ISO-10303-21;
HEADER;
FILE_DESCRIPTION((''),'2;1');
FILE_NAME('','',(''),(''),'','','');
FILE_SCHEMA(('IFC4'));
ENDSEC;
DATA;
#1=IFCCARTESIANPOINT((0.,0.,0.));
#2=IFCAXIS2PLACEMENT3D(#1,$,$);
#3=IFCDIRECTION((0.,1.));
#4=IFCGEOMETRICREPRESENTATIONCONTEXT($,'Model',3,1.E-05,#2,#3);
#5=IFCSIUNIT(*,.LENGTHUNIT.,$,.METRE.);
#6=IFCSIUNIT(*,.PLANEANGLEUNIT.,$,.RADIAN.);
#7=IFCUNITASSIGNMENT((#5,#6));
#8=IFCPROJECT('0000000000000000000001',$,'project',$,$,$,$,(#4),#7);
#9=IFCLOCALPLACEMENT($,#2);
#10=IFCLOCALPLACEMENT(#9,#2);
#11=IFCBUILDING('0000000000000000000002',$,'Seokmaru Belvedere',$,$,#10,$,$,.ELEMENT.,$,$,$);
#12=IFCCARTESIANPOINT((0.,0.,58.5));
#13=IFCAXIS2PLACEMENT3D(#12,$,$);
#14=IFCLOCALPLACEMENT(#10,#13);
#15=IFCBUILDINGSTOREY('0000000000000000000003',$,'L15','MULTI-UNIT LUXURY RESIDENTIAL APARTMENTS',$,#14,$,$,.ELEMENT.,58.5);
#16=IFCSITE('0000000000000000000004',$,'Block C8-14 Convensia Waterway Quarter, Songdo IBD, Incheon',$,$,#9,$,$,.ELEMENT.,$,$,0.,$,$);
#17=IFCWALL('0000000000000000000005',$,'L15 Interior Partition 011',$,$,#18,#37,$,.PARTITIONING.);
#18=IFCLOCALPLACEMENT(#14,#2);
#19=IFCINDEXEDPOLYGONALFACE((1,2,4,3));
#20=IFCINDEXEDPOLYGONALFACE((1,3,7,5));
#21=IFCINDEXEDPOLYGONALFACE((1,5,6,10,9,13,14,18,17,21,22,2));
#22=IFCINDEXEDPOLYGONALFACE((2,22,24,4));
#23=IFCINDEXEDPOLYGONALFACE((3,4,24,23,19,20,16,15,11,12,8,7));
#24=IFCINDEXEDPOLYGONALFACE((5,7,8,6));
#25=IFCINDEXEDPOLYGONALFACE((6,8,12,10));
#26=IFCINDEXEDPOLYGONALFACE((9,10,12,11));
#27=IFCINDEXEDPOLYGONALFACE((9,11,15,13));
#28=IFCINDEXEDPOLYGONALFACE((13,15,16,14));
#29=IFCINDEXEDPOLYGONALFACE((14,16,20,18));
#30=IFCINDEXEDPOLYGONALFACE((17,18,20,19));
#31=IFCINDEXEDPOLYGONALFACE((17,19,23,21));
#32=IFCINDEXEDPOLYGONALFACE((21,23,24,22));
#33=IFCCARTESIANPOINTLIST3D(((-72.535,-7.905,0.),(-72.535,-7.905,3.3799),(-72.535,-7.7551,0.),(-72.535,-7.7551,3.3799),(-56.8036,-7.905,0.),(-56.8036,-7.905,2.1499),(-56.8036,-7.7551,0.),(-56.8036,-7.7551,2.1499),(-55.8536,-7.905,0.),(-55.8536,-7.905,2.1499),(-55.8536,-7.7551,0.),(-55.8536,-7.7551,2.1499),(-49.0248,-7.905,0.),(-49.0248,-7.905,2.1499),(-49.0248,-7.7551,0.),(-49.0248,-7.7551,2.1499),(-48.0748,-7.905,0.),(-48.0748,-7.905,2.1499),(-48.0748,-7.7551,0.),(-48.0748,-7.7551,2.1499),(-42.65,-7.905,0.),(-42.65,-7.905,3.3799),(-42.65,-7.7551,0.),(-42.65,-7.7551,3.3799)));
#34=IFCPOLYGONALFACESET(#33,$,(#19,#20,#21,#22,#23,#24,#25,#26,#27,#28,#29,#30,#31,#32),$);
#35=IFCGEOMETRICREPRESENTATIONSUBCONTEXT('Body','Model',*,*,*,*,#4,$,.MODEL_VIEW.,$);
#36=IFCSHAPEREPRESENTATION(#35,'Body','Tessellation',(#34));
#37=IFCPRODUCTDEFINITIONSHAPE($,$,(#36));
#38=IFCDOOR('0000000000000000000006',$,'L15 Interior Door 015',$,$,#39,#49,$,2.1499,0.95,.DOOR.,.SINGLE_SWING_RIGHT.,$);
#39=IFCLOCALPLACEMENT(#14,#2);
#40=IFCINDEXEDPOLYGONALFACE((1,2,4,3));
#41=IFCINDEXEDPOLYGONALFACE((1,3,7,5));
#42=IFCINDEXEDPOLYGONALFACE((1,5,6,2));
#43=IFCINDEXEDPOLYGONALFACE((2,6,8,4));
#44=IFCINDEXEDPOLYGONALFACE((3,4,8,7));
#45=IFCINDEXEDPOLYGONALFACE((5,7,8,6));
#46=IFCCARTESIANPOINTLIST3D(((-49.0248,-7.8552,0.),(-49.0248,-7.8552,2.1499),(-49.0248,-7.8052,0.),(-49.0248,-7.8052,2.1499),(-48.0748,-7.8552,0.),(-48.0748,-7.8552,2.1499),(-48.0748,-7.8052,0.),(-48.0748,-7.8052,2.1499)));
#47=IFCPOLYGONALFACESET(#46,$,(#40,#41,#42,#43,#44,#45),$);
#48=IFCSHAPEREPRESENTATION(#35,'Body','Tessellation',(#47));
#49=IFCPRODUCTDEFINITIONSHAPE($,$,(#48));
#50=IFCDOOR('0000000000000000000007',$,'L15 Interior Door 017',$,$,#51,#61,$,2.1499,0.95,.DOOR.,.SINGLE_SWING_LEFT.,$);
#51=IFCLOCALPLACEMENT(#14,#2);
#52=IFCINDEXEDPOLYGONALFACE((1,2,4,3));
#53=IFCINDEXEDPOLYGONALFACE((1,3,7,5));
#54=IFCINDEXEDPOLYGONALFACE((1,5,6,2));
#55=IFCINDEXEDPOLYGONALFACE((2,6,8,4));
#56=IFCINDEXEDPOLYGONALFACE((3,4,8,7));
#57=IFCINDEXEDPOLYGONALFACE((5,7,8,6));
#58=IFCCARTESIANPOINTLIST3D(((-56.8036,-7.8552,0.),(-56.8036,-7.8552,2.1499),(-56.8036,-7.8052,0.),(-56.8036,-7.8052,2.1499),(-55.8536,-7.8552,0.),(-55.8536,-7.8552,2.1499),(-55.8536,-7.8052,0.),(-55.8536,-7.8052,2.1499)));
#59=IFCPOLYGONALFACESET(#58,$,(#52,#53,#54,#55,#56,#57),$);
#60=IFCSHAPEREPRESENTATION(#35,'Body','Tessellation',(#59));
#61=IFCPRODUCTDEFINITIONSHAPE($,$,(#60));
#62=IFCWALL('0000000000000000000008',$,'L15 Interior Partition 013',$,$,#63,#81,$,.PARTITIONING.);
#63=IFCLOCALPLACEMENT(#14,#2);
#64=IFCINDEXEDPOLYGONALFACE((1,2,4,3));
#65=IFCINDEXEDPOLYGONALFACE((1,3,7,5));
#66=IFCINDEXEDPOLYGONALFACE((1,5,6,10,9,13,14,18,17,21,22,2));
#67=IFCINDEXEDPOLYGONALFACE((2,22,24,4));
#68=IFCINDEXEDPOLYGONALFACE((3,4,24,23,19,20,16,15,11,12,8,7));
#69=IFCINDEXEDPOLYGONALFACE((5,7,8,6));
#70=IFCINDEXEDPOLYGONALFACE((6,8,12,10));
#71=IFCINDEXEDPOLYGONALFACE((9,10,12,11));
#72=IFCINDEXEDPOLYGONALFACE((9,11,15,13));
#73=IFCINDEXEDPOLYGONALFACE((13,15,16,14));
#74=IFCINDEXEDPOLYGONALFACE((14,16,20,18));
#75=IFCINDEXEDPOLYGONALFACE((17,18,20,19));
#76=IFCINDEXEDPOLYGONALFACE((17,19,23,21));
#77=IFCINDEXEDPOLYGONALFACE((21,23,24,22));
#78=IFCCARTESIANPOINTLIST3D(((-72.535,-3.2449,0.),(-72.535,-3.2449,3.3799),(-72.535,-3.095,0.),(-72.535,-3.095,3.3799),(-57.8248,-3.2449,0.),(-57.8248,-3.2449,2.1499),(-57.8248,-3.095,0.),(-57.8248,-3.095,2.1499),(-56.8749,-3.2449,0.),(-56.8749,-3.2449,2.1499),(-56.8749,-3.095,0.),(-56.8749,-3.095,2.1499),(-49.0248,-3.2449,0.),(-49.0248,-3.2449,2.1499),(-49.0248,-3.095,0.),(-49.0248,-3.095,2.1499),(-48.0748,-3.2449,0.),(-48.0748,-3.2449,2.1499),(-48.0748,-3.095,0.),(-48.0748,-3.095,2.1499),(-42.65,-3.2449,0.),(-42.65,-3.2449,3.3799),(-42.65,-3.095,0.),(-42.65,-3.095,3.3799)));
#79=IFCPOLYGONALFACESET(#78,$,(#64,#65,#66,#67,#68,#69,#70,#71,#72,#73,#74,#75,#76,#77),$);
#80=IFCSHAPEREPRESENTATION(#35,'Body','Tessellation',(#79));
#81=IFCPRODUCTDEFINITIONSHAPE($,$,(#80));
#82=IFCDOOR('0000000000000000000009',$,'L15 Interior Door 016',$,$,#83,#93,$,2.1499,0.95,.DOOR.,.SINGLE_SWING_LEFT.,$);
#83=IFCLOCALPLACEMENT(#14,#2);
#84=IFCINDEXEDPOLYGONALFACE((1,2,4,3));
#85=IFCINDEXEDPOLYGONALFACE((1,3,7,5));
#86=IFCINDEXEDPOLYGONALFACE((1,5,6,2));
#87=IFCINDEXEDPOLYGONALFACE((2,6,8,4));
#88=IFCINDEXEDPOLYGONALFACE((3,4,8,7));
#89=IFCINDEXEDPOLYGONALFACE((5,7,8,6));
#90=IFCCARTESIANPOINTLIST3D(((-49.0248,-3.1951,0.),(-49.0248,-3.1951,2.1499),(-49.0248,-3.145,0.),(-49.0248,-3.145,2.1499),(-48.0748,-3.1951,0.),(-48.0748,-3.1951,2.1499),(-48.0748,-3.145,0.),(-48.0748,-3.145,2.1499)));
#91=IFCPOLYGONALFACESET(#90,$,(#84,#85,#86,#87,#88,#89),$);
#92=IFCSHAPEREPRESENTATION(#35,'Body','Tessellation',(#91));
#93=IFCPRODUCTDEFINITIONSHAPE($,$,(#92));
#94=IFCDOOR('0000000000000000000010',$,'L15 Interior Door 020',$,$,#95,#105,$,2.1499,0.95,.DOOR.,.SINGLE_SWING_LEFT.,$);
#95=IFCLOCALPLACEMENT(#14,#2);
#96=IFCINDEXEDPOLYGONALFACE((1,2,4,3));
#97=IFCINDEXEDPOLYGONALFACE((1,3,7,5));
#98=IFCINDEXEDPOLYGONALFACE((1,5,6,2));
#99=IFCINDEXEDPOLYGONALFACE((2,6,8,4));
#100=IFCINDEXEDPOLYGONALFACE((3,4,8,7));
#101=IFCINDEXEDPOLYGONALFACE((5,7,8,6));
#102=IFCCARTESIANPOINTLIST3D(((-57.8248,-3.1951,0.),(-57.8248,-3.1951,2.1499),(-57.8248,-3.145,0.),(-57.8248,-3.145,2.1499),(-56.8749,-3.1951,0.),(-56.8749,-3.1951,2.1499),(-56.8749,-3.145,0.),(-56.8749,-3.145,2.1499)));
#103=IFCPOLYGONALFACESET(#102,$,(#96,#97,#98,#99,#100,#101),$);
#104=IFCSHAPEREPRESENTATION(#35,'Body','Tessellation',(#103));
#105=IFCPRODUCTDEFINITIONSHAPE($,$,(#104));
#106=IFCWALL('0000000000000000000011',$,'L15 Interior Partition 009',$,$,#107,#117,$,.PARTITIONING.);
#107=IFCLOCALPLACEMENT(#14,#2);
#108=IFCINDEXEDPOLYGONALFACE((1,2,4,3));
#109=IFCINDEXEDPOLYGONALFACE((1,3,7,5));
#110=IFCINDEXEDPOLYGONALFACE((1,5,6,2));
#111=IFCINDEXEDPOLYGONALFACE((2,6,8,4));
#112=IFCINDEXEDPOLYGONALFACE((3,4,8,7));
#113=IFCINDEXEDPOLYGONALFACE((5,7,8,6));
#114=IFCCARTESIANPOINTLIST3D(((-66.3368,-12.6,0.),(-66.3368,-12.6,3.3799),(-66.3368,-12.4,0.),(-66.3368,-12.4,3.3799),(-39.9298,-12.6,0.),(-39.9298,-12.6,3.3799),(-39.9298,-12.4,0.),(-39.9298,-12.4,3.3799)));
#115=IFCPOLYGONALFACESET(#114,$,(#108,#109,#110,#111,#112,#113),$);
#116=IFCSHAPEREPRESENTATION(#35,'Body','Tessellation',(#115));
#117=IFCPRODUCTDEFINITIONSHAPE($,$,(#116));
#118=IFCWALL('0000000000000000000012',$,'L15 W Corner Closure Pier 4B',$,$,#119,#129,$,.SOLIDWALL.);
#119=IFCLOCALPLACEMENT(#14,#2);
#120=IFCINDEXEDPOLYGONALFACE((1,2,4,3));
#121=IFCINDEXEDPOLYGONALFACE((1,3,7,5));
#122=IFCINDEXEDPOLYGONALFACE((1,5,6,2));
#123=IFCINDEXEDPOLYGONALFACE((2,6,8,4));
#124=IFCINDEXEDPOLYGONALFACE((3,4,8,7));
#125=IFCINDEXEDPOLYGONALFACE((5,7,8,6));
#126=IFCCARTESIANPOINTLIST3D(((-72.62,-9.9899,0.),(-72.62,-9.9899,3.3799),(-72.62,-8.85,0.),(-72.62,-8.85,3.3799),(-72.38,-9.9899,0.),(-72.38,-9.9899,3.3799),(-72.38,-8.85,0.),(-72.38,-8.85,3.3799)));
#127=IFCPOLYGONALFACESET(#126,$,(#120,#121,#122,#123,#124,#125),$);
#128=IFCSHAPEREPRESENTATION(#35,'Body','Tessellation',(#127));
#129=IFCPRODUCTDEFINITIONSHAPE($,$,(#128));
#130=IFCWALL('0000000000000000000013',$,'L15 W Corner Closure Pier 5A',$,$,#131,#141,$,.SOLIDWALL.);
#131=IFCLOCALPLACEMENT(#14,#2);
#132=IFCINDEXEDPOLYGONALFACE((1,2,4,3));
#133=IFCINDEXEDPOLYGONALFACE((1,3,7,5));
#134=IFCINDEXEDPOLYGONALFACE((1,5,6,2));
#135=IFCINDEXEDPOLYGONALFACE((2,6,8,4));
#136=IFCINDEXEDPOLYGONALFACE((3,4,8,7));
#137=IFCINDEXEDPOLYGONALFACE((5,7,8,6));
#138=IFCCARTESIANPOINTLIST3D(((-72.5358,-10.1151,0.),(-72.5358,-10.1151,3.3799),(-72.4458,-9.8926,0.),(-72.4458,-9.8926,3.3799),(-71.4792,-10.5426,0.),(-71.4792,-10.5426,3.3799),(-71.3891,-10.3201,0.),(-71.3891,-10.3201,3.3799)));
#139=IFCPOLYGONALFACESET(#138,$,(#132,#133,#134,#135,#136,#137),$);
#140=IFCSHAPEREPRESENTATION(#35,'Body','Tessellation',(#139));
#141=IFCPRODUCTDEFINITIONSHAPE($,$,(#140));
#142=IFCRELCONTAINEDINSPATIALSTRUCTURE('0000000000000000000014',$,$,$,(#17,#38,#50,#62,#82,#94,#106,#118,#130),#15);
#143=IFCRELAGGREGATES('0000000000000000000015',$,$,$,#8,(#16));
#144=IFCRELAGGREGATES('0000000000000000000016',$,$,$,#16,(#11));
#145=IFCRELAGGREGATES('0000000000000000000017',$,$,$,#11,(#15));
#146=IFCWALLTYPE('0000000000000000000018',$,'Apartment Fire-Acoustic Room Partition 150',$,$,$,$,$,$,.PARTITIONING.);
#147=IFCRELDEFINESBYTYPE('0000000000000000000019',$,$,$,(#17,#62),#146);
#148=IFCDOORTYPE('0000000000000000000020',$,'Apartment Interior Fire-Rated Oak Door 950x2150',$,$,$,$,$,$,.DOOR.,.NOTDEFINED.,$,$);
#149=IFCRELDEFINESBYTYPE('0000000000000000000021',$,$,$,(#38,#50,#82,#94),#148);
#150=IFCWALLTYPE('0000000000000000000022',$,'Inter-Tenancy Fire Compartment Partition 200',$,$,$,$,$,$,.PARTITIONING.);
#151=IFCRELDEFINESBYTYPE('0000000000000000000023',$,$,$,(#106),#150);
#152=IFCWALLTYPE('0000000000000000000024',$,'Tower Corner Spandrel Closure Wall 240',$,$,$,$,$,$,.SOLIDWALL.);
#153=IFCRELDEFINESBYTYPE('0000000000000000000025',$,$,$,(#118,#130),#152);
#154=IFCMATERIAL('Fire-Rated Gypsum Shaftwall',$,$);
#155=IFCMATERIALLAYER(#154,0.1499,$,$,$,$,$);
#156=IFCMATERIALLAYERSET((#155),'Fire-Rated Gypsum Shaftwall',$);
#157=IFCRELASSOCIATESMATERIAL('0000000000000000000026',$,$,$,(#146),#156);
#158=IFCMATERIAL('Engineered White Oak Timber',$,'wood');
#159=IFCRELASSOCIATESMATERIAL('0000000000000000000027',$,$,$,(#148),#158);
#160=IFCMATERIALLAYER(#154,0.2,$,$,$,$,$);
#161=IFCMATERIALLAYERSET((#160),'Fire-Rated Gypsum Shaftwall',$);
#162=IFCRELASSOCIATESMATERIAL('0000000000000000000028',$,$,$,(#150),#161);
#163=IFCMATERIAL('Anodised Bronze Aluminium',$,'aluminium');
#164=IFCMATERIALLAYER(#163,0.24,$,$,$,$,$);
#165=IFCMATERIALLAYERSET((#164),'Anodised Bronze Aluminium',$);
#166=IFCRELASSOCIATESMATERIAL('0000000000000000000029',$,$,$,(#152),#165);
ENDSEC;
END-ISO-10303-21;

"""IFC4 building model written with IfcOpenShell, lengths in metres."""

from ifc_helpers import new_model, si_unit, direction, frame, frame_2d, origin, place, context, subcontext, project, spatial, rectangle, extrude, source, transform, mapped, material, layer, layer_set, type_object, type_shapes, element, fill, save


model = new_model("IFC4")

# Units and contexts
model_context = context("Model", 3, precision=1e-05, world=origin(), true_north=direction((0.0, 1.0)))
body_context = subcontext(model_context, "Body", "Model", "MODEL_VIEW")
ifc_project = project(units=[si_unit("LENGTHUNIT", "METRE"), si_unit("PLANEANGLEUNIT", "RADIAN")], contexts=[model_context])

# Site, building, storey
site_placement = place(None, origin())
site = spatial("IfcSite", under=ifc_project, at=site_placement, Name="Block C8-14 Convensia Waterway Quarter, Songdo IBD, Incheon", CompositionType="ELEMENT", RefElevation=0.0)
building_placement = place(site_placement, origin())
building = spatial("IfcBuilding", under=site, at=building_placement, Name="Seokmaru Belvedere", CompositionType="ELEMENT")
storey_placement = place(building_placement, frame((0.0, 0.0, 58.5)))
storey = spatial("IfcBuildingStorey", under=building, at=storey_placement, Name="L15", Description="MULTI-UNIT LUXURY RESIDENTIAL APARTMENTS", CompositionType="ELEMENT", Elevation=58.5)

# Shared definitions
ifc_material_1 = material(Name="Anodised Bronze Aluminium", Category="aluminium")

# Walls, openings, doors
ifc_material_2 = material(Name="Fire-Rated Gypsum Shaftwall")
ifc_layer_1 = layer(ifc_material_2, 0.1499)
ifc_layer_set_1 = layer_set([ifc_layer_1], Name="Fire-Rated Gypsum Shaftwall")
wall_type_1 = type_object("IfcWallType", Name="Apartment Fire-Acoustic Room Partition 150", PredefinedType="PARTITIONING", material=ifc_layer_set_1)
wall_1_placement = place(storey_placement, frame((-72.5349, -7.8301, 0.0), z_axis=(0.0, 0.0, 1.0), x_axis=(1.0, 0.0, 0.0)))
wall_1 = element("IfcWall", 1, at=wall_1_placement, inside=storey, type_object=wall_type_1, Name="L15 Interior Partition 011", PredefinedType="PARTITIONING", context=body_context, shape_type="SweptSolid", body=[
    extrude(rectangle(XDim=29.885, YDim=0.1499, at=frame_2d((14.9424, 0.0))), origin(), (0.0, 0.0, 1.0), 3.3799),
])
opening_1_placement = place(wall_1_placement, frame((23.51, 0.0, 0.0)))
opening_1 = element("IfcOpeningElement", 2, at=opening_1_placement, cuts=wall_1, PredefinedType="OPENING", context=body_context, shape_type="SweptSolid", body=[
    extrude(rectangle(XDim=0.95, YDim=2.1499, at=frame_2d((0.4751, 1.075))), frame((0.0, 0.085, 0.0), z_axis=(0.0, -1.0, 0.0), x_axis=(1.0, 0.0, 0.0)), (0.0, 0.0, 1.0), 0.1699),
])
opening_2_placement = place(wall_1_placement, frame((15.7312, 0.0, 0.0)))
opening_2 = element("IfcOpeningElement", 3, at=opening_2_placement, cuts=wall_1, PredefinedType="OPENING", context=body_context, shape_type="SweptSolid", body=[
    extrude(rectangle(XDim=0.95, YDim=2.1499, at=frame_2d((0.4751, 1.075))), frame((0.0, 0.085, 0.0), z_axis=(0.0, -1.0, 0.0), x_axis=(1.0, 0.0, 0.0)), (0.0, 0.0, 1.0), 0.1699),
])
ifc_material_3 = material(Name="Engineered White Oak Timber", Category="wood")
door_type = type_object("IfcDoorType", Name="Apartment Interior Fire-Rated Oak Door 950x2150", OperationType="NOTDEFINED", PredefinedType="DOOR", material=ifc_material_3)
shared_shape_1 = source(origin(), body_context, "Body", "SweptSolid", [
    extrude(rectangle(XDim=0.95, YDim=2.1499, at=frame_2d((0.4751, 1.075))), frame((0.0, 0.0249, 0.0), z_axis=(0.0, -1.0, 0.0), x_axis=(1.0, 0.0, 0.0)), (0.0, 0.0, 1.0), 0.05),
])
type_shapes(door_type, [shared_shape_1])
door_1_placement = place(opening_1_placement, origin())
door_1 = element("IfcDoor", 4, at=door_1_placement, inside=storey, type_object=door_type, Name="L15 Interior Door 015", OperationType="SINGLE_SWING_RIGHT", OverallHeight=2.1499, OverallWidth=0.95, PredefinedType="DOOR", context=body_context, shape_type="MappedRepresentation", body=[
    mapped(shared_shape_1, transform((0.0, 0.0, 0.0), scale=1.0)),
])
fill(opening_1, door_1)
door_2_placement = place(opening_2_placement, origin())
door_2 = element("IfcDoor", 5, at=door_2_placement, inside=storey, type_object=door_type, Name="L15 Interior Door 017", OperationType="SINGLE_SWING_LEFT", OverallHeight=2.1499, OverallWidth=0.95, PredefinedType="DOOR", context=body_context, shape_type="MappedRepresentation", body=[
    mapped(shared_shape_1, transform((0.0, 0.0, 0.0), scale=1.0)),
])
fill(opening_2, door_2)
wall_2_placement = place(storey_placement, frame((-72.5349, -3.1699, 0.0), z_axis=(0.0, 0.0, 1.0), x_axis=(1.0, 0.0, 0.0)))
wall_2 = element("IfcWall", 6, at=wall_2_placement, inside=storey, type_object=wall_type_1, Name="L15 Interior Partition 013", PredefinedType="PARTITIONING", context=body_context, shape_type="SweptSolid", body=[
    extrude(rectangle(XDim=29.885, YDim=0.1499, at=frame_2d((14.9424, 0.0))), origin(), (0.0, 0.0, 1.0), 3.3799),
])
opening_3_placement = place(wall_2_placement, frame((23.51, 0.0, 0.0)))
opening_3 = element("IfcOpeningElement", 7, at=opening_3_placement, cuts=wall_2, PredefinedType="OPENING", context=body_context, shape_type="SweptSolid", body=[
    extrude(rectangle(XDim=0.95, YDim=2.1499, at=frame_2d((0.4751, 1.075))), frame((0.0, 0.085, 0.0), z_axis=(0.0, -1.0, 0.0), x_axis=(1.0, 0.0, 0.0)), (0.0, 0.0, 1.0), 0.1699),
])
opening_4_placement = place(wall_2_placement, frame((14.71, 0.0, 0.0)))
opening_4 = element("IfcOpeningElement", 8, at=opening_4_placement, cuts=wall_2, PredefinedType="OPENING", context=body_context, shape_type="SweptSolid", body=[
    extrude(rectangle(XDim=0.95, YDim=2.1499, at=frame_2d((0.4751, 1.075))), frame((0.0, 0.085, 0.0), z_axis=(0.0, -1.0, 0.0), x_axis=(1.0, 0.0, 0.0)), (0.0, 0.0, 1.0), 0.1699),
])
door_3_placement = place(opening_3_placement, origin())
door_3 = element("IfcDoor", 9, at=door_3_placement, inside=storey, type_object=door_type, Name="L15 Interior Door 016", OperationType="SINGLE_SWING_LEFT", OverallHeight=2.1499, OverallWidth=0.95, PredefinedType="DOOR", context=body_context, shape_type="MappedRepresentation", body=[
    mapped(shared_shape_1, transform((0.0, 0.0, 0.0), scale=1.0)),
])
fill(opening_3, door_3)
door_4_placement = place(opening_4_placement, origin())
door_4 = element("IfcDoor", 10, at=door_4_placement, inside=storey, type_object=door_type, Name="L15 Interior Door 020", OperationType="SINGLE_SWING_LEFT", OverallHeight=2.1499, OverallWidth=0.95, PredefinedType="DOOR", context=body_context, shape_type="MappedRepresentation", body=[
    mapped(shared_shape_1, transform((0.0, 0.0, 0.0), scale=1.0)),
])
fill(opening_4, door_4)

# Walls
ifc_layer_2 = layer(ifc_material_2, 0.2)
ifc_layer_set_2 = layer_set([ifc_layer_2], Name="Fire-Rated Gypsum Shaftwall")
wall_type_2 = type_object("IfcWallType", Name="Inter-Tenancy Fire Compartment Partition 200", PredefinedType="PARTITIONING", material=ifc_layer_set_2)
wall_3_placement = place(storey_placement, frame((-66.3369, -12.5, 0.0), z_axis=(0.0, 0.0, 1.0), x_axis=(1.0, 0.0, 0.0)))
element("IfcWall", 11, at=wall_3_placement, inside=storey, type_object=wall_type_2, Name="L15 Interior Partition 009", PredefinedType="PARTITIONING", context=body_context, shape_type="SweptSolid", body=[
    extrude(rectangle(XDim=26.407, YDim=0.2, at=frame_2d((13.2036, 0.0))), origin(), (0.0, 0.0, 1.0), 3.3799),
])
ifc_layer_3 = layer(ifc_material_1, 0.24)
ifc_layer_set_3 = layer_set([ifc_layer_3], Name="Anodised Bronze Aluminium")
wall_type_3 = type_object("IfcWallType", Name="Tower Corner Spandrel Closure Wall 240", PredefinedType="SOLIDWALL", material=ifc_layer_set_3)
for number, where, z_axis, x_axis, name in (
    (12, (-72.5, -8.8501, 0.0), (0.0, 0.0, 1.0), (0.0, -1.0, 0.0), "L15 W Corner Closure Pier 4B"),
    (13, (-72.4907, -10.0039, 0.0), (0.0, 0.0, 1.0), (0.927007, -0.375044, 0.0), "L15 W Corner Closure Pier 5A"),
):
    element("IfcWall", number, at=place(storey_placement, frame(where, z_axis=z_axis, x_axis=x_axis)), inside=storey, type_object=wall_type_3, Name=name, PredefinedType="SOLIDWALL", context=body_context, shape_type="SweptSolid", body=[
        extrude(rectangle(XDim=1.1399, YDim=0.24, at=frame_2d((0.5698, 0.0))), origin(), (0.0, 0.0, 1.0), 3.3799),
    ])

save(model, "model.ifc")
